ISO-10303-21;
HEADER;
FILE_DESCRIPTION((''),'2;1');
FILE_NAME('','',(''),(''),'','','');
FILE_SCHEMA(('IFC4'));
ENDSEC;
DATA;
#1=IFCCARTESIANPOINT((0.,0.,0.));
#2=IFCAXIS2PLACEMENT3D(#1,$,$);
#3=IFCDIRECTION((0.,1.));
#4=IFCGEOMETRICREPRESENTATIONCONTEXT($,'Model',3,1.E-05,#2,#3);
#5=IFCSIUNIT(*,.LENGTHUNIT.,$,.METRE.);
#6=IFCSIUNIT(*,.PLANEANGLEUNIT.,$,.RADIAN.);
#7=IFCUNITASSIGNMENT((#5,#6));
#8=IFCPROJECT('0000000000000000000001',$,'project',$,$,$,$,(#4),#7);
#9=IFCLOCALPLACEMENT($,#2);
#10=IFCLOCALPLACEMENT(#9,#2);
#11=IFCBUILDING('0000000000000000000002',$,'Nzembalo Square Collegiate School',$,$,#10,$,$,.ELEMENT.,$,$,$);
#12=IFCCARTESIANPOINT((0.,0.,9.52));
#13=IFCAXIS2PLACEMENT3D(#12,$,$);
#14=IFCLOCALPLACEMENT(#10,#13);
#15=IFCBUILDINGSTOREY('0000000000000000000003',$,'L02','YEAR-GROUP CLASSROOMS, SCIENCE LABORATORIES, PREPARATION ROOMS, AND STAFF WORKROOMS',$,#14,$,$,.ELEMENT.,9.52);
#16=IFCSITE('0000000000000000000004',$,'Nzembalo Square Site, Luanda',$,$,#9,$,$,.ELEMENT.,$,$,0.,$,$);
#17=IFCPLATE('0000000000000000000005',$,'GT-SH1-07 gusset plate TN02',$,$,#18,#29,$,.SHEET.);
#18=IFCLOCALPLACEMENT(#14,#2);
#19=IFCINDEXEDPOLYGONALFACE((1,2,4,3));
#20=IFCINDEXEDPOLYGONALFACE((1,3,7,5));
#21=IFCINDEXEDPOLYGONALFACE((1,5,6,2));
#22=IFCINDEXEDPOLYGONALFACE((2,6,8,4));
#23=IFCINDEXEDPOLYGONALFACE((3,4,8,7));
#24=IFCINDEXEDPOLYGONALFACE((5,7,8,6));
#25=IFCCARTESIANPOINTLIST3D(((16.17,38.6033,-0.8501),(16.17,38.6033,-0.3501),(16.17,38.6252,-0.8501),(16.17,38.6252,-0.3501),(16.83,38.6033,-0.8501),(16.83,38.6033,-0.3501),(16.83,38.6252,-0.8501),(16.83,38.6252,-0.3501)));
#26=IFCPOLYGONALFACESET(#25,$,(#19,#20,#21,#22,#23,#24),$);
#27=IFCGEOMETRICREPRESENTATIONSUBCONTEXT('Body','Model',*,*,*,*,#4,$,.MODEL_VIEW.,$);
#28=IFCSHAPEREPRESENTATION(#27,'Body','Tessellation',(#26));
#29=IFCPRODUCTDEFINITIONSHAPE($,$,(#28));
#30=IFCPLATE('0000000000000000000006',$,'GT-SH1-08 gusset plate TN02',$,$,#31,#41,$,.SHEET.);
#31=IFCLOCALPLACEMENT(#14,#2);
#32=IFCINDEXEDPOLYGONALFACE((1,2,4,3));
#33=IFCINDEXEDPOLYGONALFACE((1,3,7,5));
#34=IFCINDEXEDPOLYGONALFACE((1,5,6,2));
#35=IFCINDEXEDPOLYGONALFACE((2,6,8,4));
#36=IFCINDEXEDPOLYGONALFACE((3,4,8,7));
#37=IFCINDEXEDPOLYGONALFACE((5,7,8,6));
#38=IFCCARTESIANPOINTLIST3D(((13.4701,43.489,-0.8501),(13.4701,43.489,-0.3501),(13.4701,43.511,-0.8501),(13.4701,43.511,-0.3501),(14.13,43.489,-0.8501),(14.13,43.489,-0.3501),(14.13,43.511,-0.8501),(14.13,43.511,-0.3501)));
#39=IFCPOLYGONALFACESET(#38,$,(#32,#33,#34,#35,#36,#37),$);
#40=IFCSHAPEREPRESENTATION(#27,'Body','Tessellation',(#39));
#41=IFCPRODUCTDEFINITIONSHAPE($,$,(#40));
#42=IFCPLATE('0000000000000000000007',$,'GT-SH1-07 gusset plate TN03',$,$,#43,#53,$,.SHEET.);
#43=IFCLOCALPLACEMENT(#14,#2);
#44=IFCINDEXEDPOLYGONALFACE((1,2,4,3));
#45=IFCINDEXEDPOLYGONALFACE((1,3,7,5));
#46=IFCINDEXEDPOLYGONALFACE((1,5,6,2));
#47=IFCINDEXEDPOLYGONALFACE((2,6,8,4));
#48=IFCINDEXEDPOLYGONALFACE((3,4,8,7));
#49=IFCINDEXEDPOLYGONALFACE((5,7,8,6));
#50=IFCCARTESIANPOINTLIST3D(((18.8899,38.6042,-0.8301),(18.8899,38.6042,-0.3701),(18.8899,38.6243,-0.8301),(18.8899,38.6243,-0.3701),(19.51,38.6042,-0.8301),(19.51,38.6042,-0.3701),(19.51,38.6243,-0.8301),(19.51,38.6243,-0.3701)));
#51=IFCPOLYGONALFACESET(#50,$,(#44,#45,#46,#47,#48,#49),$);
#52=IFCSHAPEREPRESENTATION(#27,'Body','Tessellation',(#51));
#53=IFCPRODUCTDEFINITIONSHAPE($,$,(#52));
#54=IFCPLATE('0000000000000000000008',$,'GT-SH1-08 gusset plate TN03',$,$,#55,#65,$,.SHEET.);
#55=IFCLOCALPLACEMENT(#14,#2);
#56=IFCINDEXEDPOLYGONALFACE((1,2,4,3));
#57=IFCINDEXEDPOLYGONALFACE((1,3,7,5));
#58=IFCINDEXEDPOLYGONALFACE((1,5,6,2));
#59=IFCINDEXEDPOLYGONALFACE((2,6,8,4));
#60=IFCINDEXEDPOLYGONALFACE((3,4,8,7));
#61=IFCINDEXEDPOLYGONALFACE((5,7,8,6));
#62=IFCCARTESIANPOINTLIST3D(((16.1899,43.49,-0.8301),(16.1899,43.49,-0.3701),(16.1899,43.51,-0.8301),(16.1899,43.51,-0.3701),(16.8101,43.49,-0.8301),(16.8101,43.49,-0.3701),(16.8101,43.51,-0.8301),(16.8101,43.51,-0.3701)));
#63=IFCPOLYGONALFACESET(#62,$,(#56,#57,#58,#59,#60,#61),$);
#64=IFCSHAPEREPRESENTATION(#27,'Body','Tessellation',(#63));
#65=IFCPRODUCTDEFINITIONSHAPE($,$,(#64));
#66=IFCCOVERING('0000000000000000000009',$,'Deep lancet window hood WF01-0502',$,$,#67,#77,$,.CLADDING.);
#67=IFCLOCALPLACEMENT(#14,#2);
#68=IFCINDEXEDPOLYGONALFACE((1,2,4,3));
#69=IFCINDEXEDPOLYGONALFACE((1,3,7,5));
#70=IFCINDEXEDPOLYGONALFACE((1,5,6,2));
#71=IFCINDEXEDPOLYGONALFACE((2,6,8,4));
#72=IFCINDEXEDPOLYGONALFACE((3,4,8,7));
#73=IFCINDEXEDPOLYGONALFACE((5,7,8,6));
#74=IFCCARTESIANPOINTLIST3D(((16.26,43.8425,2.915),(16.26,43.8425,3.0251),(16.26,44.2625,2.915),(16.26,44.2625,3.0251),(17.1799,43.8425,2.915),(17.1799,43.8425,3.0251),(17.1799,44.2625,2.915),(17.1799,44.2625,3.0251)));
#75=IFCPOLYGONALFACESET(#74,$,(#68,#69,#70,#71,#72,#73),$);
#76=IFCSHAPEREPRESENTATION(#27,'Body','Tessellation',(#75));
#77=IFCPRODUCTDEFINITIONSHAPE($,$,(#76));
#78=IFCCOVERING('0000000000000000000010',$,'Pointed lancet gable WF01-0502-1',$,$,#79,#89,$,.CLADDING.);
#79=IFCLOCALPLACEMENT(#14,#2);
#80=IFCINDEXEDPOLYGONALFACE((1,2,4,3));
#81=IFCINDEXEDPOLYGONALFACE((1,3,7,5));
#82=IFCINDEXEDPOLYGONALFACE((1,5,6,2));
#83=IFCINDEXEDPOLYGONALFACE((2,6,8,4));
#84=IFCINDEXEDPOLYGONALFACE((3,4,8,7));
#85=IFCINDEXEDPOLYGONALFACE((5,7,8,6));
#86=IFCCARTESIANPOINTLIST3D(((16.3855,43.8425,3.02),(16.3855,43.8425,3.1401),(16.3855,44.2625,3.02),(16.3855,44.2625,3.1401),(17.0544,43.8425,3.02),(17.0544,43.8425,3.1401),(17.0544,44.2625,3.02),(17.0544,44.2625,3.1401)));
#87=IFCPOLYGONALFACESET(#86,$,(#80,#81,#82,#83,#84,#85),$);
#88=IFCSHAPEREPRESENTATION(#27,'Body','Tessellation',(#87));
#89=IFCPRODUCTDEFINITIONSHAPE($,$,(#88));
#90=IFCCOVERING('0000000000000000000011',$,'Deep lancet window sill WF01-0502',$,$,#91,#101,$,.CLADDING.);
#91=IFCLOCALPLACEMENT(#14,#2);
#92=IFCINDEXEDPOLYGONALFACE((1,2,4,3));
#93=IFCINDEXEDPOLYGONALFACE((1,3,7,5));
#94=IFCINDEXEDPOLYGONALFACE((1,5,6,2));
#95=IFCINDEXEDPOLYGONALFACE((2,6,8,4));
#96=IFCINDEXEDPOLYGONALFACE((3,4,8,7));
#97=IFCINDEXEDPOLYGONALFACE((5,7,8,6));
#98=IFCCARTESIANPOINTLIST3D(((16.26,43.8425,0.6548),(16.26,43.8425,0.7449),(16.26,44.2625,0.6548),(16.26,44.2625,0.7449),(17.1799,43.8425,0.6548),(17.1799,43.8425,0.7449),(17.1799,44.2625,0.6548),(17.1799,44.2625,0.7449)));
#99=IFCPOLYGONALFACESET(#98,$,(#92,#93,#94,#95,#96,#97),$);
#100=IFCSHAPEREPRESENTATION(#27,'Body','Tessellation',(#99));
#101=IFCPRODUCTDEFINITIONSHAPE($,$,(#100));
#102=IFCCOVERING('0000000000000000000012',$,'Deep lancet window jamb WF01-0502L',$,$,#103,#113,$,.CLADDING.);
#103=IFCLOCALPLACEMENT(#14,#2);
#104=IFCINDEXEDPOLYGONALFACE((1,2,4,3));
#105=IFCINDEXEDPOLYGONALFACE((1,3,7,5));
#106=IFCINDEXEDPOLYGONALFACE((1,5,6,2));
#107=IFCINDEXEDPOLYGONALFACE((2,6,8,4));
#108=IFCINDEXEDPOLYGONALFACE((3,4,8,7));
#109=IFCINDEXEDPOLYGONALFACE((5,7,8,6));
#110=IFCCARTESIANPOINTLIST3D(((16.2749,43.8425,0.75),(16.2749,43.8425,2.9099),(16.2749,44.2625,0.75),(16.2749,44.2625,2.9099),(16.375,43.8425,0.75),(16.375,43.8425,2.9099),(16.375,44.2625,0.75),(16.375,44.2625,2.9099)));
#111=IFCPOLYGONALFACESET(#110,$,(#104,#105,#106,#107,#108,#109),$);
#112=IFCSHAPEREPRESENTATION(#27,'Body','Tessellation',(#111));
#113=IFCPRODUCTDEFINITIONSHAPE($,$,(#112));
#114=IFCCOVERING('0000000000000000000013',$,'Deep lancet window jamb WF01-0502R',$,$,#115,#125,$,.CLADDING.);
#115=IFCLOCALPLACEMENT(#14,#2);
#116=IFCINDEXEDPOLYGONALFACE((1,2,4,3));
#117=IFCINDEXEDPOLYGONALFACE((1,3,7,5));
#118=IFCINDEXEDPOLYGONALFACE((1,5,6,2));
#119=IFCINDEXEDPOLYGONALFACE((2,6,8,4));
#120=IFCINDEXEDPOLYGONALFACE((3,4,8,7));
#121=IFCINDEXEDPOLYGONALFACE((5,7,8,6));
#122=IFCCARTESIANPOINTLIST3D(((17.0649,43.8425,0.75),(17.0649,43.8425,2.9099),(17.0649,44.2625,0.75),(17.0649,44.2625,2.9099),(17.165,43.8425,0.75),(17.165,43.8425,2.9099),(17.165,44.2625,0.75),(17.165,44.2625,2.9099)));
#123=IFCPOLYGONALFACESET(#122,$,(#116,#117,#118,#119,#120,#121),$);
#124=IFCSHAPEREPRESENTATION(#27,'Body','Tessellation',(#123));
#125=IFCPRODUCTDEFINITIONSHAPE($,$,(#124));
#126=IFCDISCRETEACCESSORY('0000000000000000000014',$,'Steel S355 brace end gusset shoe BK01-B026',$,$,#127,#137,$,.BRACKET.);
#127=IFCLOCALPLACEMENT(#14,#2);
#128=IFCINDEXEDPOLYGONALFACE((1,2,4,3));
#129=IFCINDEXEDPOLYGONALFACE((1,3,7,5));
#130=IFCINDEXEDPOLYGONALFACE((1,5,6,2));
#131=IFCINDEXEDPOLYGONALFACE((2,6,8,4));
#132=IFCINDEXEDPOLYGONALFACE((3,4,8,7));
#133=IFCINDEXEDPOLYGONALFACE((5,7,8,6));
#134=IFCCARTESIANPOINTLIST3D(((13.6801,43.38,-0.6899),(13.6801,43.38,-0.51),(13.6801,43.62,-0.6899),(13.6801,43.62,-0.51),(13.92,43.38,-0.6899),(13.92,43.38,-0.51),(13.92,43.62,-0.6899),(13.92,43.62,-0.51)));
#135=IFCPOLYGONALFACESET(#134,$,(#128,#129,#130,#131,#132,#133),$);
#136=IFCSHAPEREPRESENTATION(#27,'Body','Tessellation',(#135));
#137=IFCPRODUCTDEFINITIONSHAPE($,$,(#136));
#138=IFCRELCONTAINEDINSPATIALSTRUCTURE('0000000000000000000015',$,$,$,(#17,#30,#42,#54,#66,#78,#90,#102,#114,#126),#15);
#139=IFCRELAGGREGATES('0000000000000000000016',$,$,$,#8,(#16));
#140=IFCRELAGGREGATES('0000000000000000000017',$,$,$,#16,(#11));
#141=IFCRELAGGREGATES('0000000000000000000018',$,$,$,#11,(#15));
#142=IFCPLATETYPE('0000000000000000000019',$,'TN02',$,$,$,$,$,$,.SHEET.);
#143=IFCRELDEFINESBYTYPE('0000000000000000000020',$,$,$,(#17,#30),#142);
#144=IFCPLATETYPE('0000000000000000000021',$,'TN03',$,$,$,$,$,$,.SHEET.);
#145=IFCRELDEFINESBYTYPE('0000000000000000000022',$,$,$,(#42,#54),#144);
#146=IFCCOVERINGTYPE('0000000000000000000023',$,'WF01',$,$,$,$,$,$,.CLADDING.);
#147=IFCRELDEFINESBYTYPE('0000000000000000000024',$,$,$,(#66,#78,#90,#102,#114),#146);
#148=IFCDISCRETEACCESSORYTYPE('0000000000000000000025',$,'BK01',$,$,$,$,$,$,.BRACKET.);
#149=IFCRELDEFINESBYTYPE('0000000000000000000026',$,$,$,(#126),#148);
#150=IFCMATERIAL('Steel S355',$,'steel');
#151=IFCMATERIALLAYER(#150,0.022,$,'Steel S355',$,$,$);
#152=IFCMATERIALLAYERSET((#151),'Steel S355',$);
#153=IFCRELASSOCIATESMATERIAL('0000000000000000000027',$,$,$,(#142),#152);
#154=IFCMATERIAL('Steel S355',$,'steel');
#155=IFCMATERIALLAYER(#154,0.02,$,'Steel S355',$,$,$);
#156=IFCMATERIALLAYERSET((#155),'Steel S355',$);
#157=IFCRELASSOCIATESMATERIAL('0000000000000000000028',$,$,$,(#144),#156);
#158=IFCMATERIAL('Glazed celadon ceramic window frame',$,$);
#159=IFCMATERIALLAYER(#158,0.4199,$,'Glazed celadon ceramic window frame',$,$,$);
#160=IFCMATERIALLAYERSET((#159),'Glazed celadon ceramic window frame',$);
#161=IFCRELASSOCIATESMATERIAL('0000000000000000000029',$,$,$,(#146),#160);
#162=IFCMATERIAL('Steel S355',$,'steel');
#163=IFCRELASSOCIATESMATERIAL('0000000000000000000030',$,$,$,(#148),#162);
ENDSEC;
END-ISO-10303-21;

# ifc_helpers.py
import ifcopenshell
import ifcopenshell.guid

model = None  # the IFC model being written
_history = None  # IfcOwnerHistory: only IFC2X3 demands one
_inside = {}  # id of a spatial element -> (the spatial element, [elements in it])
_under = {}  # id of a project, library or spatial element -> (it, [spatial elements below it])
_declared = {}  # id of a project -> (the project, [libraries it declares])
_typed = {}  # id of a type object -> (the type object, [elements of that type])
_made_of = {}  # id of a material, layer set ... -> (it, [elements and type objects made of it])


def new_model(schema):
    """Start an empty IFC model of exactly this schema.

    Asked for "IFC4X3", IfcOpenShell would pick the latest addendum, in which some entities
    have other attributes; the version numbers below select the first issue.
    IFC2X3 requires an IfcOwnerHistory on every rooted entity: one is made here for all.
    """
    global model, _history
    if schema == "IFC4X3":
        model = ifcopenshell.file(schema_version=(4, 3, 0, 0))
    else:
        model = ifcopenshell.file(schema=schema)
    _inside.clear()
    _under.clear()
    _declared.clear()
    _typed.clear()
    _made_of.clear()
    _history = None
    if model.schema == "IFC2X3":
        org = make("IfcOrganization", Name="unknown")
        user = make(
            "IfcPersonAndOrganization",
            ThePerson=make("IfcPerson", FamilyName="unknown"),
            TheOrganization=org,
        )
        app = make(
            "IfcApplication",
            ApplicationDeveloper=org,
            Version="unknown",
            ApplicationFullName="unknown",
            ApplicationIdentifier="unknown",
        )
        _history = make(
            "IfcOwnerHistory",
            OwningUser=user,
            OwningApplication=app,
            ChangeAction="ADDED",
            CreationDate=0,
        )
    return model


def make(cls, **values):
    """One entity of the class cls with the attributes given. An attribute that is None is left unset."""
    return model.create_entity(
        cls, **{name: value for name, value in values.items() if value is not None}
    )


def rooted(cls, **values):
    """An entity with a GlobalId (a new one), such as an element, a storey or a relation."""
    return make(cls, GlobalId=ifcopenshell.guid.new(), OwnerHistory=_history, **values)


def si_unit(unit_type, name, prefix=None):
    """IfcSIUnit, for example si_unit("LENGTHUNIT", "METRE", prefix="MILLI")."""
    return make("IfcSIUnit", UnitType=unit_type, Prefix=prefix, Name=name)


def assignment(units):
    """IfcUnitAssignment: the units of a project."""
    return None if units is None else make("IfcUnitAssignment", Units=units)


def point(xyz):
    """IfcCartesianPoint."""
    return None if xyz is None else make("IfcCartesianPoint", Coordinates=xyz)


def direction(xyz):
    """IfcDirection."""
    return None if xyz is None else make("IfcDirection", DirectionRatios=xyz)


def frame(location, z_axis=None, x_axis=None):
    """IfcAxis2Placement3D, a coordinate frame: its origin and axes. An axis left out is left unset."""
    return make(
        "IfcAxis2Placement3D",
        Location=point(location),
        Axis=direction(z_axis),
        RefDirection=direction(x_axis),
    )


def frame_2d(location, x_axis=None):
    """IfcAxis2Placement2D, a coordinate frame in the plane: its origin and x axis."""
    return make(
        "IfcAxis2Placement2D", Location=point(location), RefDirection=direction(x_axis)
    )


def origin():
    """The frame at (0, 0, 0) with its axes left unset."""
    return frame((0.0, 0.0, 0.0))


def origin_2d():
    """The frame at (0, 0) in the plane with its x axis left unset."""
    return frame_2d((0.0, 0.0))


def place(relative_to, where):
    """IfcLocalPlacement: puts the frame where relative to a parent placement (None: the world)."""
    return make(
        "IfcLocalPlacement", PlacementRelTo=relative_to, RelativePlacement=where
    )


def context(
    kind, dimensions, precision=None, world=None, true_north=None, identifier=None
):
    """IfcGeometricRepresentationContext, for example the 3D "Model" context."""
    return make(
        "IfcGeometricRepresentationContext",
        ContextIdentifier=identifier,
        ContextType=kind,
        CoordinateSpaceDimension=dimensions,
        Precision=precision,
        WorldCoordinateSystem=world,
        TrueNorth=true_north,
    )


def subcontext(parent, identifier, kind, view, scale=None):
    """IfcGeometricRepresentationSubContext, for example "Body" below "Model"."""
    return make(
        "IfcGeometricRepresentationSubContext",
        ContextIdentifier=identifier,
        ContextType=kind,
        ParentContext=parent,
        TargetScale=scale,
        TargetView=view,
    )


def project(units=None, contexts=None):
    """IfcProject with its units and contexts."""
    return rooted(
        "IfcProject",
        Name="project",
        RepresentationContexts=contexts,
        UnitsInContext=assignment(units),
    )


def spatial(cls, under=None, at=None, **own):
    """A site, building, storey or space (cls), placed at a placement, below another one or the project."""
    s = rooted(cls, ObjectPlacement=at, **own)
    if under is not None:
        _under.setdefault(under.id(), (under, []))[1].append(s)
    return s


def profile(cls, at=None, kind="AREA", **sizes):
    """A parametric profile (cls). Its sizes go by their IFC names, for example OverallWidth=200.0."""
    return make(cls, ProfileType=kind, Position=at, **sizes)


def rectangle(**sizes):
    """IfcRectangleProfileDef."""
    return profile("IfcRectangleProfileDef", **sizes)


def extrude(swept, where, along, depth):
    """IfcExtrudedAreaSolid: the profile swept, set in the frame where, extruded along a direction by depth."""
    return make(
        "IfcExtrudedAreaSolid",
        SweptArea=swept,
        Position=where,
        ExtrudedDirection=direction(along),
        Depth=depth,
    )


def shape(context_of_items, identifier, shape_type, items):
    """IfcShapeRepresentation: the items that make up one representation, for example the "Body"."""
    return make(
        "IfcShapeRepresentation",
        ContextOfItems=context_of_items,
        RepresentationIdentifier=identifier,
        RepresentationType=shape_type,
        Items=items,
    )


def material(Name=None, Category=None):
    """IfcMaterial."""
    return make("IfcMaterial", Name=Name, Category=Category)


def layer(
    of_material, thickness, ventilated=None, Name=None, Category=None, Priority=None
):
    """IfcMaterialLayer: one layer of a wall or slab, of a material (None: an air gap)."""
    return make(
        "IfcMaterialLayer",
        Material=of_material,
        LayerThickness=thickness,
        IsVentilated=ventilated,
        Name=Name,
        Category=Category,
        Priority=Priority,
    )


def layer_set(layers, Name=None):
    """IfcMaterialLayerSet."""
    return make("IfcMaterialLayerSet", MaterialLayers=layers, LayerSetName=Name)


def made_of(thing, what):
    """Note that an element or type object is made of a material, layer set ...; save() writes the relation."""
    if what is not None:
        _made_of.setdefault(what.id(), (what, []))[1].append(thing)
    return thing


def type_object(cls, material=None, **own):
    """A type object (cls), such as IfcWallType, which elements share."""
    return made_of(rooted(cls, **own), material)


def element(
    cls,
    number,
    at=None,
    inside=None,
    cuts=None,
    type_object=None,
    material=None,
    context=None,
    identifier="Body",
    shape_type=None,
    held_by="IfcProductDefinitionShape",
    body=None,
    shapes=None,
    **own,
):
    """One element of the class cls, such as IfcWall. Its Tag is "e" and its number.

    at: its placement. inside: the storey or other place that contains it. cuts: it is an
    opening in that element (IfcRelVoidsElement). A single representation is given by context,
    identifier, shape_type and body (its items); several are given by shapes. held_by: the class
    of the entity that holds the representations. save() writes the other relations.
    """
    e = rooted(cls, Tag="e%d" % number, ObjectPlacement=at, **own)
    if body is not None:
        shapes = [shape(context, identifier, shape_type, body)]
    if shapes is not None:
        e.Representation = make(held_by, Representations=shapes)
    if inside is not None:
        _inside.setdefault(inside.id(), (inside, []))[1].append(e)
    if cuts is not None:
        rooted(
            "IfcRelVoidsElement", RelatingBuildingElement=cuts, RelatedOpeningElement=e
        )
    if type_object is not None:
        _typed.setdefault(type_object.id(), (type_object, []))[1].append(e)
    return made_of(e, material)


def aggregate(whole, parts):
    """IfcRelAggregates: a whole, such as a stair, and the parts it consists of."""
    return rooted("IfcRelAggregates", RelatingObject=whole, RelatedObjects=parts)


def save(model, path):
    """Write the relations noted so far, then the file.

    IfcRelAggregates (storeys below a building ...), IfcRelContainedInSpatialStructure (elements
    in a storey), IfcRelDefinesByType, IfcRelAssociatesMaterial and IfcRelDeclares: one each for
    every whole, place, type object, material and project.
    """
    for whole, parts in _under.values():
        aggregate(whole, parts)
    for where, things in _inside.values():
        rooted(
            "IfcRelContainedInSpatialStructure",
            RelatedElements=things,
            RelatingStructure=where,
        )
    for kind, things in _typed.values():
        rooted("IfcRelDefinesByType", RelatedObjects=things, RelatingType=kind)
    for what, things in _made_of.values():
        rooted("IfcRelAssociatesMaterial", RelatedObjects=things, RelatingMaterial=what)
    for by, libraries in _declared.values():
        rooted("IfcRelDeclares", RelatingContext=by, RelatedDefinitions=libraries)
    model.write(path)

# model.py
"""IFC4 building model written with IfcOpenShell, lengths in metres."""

from ifc_helpers import new_model, si_unit, direction, frame, origin, origin_2d, place, context, subcontext, project, spatial, rectangle, extrude, material, layer, layer_set, type_object, element, save


model = new_model("IFC4")

# Units and contexts
model_context = context("Model", 3, precision=1e-05, world=origin(), true_north=direction((0.0, 1.0)))
body_context = subcontext(model_context, "Body", "Model", "MODEL_VIEW")
ifc_project = project(units=[si_unit("LENGTHUNIT", "METRE"), si_unit("PLANEANGLEUNIT", "RADIAN")], contexts=[model_context])

# Site, building, storey
site_placement = place(None, origin())
site = spatial("IfcSite", under=ifc_project, at=site_placement, Name="Nzembalo Square Site, Luanda", CompositionType="ELEMENT", RefElevation=0.0)
building_placement = place(site_placement, origin())
building = spatial("IfcBuilding", under=site, at=building_placement, Name="Nzembalo Square Collegiate School", CompositionType="ELEMENT")
storey_placement = place(building_placement, frame((0.0, 0.0, 9.52)))
storey = spatial("IfcBuildingStorey", under=building, at=storey_placement, Name="L02", Description="YEAR-GROUP CLASSROOMS, SCIENCE LABORATORIES, PREPARATION ROOMS, AND STAFF WORKROOMS", CompositionType="ELEMENT", Elevation=9.52)

# Plates
ifc_material_1 = material(Name="Steel S355", Category="steel")
ifc_layer_1 = layer(ifc_material_1, 0.022, Name="Steel S355")
ifc_layer_set_1 = layer_set([ifc_layer_1], Name="Steel S355")
plate_type_1 = type_object("IfcPlateType", Name="TN02", PredefinedType="SHEET", material=ifc_layer_set_1)
for number, where, z_axis, x_axis, name in (
    (1, (16.5, 38.6143, -0.8501), (0.0, 0.0, 1.0), (1.0, 0.0, 0.0), "GT-SH1-07 gusset plate TN02"),
    (2, (13.8, 43.5, -0.8501), (0.0, 0.0, 1.0), (1.0, 0.0, 0.0), "GT-SH1-08 gusset plate TN02"),
):
    element("IfcPlate", number, at=place(storey_placement, frame(where, z_axis=z_axis, x_axis=x_axis)), inside=storey, type_object=plate_type_1, Name=name, PredefinedType="SHEET", context=body_context, shape_type="SweptSolid", body=[
        extrude(rectangle(XDim=0.6599, YDim=0.022, at=origin_2d()), origin(), (0.0, 0.0, 1.0), 0.5),
    ])
ifc_material_2 = material(Name="Steel S355", Category="steel")
ifc_layer_2 = layer(ifc_material_2, 0.02, Name="Steel S355")
ifc_layer_set_2 = layer_set([ifc_layer_2], Name="Steel S355")
plate_type_2 = type_object("IfcPlateType", Name="TN03", PredefinedType="SHEET", material=ifc_layer_set_2)
for number, where, z_axis, x_axis, name in (
    (3, (19.2, 38.6143, -0.8301), (0.0, 0.0, 1.0), (1.0, 0.0, 0.0), "GT-SH1-07 gusset plate TN03"),
    (4, (16.5, 43.5, -0.8301), (0.0, 0.0, 1.0), (1.0, 0.0, 0.0), "GT-SH1-08 gusset plate TN03"),
):
    element("IfcPlate", number, at=place(storey_placement, frame(where, z_axis=z_axis, x_axis=x_axis)), inside=storey, type_object=plate_type_2, Name=name, PredefinedType="SHEET", context=body_context, shape_type="SweptSolid", body=[
        extrude(rectangle(XDim=0.6201, YDim=0.02, at=origin_2d()), origin(), (0.0, 0.0, 1.0), 0.46),
    ])

# Coverings
ifc_material_3 = material(Name="Glazed celadon ceramic window frame")
ifc_layer_3 = layer(ifc_material_3, 0.4199, Name="Glazed celadon ceramic window frame")
ifc_layer_set_3 = layer_set([ifc_layer_3], Name="Glazed celadon ceramic window frame")
covering_type = type_object("IfcCoveringType", Name="WF01", PredefinedType="CLADDING", material=ifc_layer_set_3)
covering_1_placement = place(storey_placement, frame((16.72, 44.0525, 2.915), z_axis=(0.0, 0.0, 1.0), x_axis=(1.0, 0.0, 0.0)))
element("IfcCovering", 5, at=covering_1_placement, inside=storey, type_object=covering_type, Name="Deep lancet window hood WF01-0502", PredefinedType="CLADDING", context=body_context, shape_type="SweptSolid", body=[
    extrude(rectangle(XDim=0.9199, YDim=0.4199, at=origin_2d()), origin(), (0.0, 0.0, 1.0), 0.1101),
])
covering_2_placement = place(storey_placement, frame((16.72, 44.0525, 3.02), z_axis=(0.0, 0.0, 1.0), x_axis=(1.0, 0.0, 0.0)))
element("IfcCovering", 6, at=covering_2_placement, inside=storey, type_object=covering_type, Name="Pointed lancet gable WF01-0502-1", PredefinedType="CLADDING", context=body_context, shape_type="SweptSolid", body=[
    extrude(rectangle(XDim=0.6689, YDim=0.4199, at=origin_2d()), origin(), (0.0, 0.0, 1.0), 0.1201),
])
covering_3_placement = place(storey_placement, frame((16.72, 44.0525, 0.6548), z_axis=(0.0, 0.0, 1.0), x_axis=(1.0, 0.0, 0.0)))
element("IfcCovering", 7, at=covering_3_placement, inside=storey, type_object=covering_type, Name="Deep lancet window sill WF01-0502", PredefinedType="CLADDING", context=body_context, shape_type="SweptSolid", body=[
    extrude(rectangle(XDim=0.9199, YDim=0.4199, at=origin_2d()), origin(), (0.0, 0.0, 1.0), 0.0901),
])
for number, where, z_axis, x_axis, name in (
    (8, (16.325, 44.0525, 0.75), (0.0, 0.0, 1.0), (1.0, 0.0, 0.0), "Deep lancet window jamb WF01-0502L"),
    (9, (17.115, 44.0525, 0.75), (0.0, 0.0, 1.0), (1.0, 0.0, 0.0), "Deep lancet window jamb WF01-0502R"),
):
    element("IfcCovering", number, at=place(storey_placement, frame(where, z_axis=z_axis, x_axis=x_axis)), inside=storey, type_object=covering_type, Name=name, PredefinedType="CLADDING", context=body_context, shape_type="SweptSolid", body=[
        extrude(rectangle(XDim=0.1001, YDim=0.4199, at=origin_2d()), origin(), (0.0, 0.0, 1.0), 2.1599),
    ])

# Discrete accessory
ifc_material_4 = material(Name="Steel S355", Category="steel")
discrete_accessory_type = type_object("IfcDiscreteAccessoryType", Name="BK01", PredefinedType="BRACKET", material=ifc_material_4)
discrete_accessory_placement = place(storey_placement, frame((13.8, 43.5, -0.6899), z_axis=(0.0, 0.0, 1.0), x_axis=(1.0, 0.0, 0.0)))
element("IfcDiscreteAccessory", 10, at=discrete_accessory_placement, inside=storey, type_object=discrete_accessory_type, Name="Steel S355 brace end gusset shoe BK01-B026", PredefinedType="BRACKET", context=body_context, shape_type="SweptSolid", body=[
    extrude(rectangle(XDim=0.24, YDim=0.24, at=origin_2d()), origin(), (0.0, 0.0, 1.0), 0.1799),
])

save(model, "model.ifc")
